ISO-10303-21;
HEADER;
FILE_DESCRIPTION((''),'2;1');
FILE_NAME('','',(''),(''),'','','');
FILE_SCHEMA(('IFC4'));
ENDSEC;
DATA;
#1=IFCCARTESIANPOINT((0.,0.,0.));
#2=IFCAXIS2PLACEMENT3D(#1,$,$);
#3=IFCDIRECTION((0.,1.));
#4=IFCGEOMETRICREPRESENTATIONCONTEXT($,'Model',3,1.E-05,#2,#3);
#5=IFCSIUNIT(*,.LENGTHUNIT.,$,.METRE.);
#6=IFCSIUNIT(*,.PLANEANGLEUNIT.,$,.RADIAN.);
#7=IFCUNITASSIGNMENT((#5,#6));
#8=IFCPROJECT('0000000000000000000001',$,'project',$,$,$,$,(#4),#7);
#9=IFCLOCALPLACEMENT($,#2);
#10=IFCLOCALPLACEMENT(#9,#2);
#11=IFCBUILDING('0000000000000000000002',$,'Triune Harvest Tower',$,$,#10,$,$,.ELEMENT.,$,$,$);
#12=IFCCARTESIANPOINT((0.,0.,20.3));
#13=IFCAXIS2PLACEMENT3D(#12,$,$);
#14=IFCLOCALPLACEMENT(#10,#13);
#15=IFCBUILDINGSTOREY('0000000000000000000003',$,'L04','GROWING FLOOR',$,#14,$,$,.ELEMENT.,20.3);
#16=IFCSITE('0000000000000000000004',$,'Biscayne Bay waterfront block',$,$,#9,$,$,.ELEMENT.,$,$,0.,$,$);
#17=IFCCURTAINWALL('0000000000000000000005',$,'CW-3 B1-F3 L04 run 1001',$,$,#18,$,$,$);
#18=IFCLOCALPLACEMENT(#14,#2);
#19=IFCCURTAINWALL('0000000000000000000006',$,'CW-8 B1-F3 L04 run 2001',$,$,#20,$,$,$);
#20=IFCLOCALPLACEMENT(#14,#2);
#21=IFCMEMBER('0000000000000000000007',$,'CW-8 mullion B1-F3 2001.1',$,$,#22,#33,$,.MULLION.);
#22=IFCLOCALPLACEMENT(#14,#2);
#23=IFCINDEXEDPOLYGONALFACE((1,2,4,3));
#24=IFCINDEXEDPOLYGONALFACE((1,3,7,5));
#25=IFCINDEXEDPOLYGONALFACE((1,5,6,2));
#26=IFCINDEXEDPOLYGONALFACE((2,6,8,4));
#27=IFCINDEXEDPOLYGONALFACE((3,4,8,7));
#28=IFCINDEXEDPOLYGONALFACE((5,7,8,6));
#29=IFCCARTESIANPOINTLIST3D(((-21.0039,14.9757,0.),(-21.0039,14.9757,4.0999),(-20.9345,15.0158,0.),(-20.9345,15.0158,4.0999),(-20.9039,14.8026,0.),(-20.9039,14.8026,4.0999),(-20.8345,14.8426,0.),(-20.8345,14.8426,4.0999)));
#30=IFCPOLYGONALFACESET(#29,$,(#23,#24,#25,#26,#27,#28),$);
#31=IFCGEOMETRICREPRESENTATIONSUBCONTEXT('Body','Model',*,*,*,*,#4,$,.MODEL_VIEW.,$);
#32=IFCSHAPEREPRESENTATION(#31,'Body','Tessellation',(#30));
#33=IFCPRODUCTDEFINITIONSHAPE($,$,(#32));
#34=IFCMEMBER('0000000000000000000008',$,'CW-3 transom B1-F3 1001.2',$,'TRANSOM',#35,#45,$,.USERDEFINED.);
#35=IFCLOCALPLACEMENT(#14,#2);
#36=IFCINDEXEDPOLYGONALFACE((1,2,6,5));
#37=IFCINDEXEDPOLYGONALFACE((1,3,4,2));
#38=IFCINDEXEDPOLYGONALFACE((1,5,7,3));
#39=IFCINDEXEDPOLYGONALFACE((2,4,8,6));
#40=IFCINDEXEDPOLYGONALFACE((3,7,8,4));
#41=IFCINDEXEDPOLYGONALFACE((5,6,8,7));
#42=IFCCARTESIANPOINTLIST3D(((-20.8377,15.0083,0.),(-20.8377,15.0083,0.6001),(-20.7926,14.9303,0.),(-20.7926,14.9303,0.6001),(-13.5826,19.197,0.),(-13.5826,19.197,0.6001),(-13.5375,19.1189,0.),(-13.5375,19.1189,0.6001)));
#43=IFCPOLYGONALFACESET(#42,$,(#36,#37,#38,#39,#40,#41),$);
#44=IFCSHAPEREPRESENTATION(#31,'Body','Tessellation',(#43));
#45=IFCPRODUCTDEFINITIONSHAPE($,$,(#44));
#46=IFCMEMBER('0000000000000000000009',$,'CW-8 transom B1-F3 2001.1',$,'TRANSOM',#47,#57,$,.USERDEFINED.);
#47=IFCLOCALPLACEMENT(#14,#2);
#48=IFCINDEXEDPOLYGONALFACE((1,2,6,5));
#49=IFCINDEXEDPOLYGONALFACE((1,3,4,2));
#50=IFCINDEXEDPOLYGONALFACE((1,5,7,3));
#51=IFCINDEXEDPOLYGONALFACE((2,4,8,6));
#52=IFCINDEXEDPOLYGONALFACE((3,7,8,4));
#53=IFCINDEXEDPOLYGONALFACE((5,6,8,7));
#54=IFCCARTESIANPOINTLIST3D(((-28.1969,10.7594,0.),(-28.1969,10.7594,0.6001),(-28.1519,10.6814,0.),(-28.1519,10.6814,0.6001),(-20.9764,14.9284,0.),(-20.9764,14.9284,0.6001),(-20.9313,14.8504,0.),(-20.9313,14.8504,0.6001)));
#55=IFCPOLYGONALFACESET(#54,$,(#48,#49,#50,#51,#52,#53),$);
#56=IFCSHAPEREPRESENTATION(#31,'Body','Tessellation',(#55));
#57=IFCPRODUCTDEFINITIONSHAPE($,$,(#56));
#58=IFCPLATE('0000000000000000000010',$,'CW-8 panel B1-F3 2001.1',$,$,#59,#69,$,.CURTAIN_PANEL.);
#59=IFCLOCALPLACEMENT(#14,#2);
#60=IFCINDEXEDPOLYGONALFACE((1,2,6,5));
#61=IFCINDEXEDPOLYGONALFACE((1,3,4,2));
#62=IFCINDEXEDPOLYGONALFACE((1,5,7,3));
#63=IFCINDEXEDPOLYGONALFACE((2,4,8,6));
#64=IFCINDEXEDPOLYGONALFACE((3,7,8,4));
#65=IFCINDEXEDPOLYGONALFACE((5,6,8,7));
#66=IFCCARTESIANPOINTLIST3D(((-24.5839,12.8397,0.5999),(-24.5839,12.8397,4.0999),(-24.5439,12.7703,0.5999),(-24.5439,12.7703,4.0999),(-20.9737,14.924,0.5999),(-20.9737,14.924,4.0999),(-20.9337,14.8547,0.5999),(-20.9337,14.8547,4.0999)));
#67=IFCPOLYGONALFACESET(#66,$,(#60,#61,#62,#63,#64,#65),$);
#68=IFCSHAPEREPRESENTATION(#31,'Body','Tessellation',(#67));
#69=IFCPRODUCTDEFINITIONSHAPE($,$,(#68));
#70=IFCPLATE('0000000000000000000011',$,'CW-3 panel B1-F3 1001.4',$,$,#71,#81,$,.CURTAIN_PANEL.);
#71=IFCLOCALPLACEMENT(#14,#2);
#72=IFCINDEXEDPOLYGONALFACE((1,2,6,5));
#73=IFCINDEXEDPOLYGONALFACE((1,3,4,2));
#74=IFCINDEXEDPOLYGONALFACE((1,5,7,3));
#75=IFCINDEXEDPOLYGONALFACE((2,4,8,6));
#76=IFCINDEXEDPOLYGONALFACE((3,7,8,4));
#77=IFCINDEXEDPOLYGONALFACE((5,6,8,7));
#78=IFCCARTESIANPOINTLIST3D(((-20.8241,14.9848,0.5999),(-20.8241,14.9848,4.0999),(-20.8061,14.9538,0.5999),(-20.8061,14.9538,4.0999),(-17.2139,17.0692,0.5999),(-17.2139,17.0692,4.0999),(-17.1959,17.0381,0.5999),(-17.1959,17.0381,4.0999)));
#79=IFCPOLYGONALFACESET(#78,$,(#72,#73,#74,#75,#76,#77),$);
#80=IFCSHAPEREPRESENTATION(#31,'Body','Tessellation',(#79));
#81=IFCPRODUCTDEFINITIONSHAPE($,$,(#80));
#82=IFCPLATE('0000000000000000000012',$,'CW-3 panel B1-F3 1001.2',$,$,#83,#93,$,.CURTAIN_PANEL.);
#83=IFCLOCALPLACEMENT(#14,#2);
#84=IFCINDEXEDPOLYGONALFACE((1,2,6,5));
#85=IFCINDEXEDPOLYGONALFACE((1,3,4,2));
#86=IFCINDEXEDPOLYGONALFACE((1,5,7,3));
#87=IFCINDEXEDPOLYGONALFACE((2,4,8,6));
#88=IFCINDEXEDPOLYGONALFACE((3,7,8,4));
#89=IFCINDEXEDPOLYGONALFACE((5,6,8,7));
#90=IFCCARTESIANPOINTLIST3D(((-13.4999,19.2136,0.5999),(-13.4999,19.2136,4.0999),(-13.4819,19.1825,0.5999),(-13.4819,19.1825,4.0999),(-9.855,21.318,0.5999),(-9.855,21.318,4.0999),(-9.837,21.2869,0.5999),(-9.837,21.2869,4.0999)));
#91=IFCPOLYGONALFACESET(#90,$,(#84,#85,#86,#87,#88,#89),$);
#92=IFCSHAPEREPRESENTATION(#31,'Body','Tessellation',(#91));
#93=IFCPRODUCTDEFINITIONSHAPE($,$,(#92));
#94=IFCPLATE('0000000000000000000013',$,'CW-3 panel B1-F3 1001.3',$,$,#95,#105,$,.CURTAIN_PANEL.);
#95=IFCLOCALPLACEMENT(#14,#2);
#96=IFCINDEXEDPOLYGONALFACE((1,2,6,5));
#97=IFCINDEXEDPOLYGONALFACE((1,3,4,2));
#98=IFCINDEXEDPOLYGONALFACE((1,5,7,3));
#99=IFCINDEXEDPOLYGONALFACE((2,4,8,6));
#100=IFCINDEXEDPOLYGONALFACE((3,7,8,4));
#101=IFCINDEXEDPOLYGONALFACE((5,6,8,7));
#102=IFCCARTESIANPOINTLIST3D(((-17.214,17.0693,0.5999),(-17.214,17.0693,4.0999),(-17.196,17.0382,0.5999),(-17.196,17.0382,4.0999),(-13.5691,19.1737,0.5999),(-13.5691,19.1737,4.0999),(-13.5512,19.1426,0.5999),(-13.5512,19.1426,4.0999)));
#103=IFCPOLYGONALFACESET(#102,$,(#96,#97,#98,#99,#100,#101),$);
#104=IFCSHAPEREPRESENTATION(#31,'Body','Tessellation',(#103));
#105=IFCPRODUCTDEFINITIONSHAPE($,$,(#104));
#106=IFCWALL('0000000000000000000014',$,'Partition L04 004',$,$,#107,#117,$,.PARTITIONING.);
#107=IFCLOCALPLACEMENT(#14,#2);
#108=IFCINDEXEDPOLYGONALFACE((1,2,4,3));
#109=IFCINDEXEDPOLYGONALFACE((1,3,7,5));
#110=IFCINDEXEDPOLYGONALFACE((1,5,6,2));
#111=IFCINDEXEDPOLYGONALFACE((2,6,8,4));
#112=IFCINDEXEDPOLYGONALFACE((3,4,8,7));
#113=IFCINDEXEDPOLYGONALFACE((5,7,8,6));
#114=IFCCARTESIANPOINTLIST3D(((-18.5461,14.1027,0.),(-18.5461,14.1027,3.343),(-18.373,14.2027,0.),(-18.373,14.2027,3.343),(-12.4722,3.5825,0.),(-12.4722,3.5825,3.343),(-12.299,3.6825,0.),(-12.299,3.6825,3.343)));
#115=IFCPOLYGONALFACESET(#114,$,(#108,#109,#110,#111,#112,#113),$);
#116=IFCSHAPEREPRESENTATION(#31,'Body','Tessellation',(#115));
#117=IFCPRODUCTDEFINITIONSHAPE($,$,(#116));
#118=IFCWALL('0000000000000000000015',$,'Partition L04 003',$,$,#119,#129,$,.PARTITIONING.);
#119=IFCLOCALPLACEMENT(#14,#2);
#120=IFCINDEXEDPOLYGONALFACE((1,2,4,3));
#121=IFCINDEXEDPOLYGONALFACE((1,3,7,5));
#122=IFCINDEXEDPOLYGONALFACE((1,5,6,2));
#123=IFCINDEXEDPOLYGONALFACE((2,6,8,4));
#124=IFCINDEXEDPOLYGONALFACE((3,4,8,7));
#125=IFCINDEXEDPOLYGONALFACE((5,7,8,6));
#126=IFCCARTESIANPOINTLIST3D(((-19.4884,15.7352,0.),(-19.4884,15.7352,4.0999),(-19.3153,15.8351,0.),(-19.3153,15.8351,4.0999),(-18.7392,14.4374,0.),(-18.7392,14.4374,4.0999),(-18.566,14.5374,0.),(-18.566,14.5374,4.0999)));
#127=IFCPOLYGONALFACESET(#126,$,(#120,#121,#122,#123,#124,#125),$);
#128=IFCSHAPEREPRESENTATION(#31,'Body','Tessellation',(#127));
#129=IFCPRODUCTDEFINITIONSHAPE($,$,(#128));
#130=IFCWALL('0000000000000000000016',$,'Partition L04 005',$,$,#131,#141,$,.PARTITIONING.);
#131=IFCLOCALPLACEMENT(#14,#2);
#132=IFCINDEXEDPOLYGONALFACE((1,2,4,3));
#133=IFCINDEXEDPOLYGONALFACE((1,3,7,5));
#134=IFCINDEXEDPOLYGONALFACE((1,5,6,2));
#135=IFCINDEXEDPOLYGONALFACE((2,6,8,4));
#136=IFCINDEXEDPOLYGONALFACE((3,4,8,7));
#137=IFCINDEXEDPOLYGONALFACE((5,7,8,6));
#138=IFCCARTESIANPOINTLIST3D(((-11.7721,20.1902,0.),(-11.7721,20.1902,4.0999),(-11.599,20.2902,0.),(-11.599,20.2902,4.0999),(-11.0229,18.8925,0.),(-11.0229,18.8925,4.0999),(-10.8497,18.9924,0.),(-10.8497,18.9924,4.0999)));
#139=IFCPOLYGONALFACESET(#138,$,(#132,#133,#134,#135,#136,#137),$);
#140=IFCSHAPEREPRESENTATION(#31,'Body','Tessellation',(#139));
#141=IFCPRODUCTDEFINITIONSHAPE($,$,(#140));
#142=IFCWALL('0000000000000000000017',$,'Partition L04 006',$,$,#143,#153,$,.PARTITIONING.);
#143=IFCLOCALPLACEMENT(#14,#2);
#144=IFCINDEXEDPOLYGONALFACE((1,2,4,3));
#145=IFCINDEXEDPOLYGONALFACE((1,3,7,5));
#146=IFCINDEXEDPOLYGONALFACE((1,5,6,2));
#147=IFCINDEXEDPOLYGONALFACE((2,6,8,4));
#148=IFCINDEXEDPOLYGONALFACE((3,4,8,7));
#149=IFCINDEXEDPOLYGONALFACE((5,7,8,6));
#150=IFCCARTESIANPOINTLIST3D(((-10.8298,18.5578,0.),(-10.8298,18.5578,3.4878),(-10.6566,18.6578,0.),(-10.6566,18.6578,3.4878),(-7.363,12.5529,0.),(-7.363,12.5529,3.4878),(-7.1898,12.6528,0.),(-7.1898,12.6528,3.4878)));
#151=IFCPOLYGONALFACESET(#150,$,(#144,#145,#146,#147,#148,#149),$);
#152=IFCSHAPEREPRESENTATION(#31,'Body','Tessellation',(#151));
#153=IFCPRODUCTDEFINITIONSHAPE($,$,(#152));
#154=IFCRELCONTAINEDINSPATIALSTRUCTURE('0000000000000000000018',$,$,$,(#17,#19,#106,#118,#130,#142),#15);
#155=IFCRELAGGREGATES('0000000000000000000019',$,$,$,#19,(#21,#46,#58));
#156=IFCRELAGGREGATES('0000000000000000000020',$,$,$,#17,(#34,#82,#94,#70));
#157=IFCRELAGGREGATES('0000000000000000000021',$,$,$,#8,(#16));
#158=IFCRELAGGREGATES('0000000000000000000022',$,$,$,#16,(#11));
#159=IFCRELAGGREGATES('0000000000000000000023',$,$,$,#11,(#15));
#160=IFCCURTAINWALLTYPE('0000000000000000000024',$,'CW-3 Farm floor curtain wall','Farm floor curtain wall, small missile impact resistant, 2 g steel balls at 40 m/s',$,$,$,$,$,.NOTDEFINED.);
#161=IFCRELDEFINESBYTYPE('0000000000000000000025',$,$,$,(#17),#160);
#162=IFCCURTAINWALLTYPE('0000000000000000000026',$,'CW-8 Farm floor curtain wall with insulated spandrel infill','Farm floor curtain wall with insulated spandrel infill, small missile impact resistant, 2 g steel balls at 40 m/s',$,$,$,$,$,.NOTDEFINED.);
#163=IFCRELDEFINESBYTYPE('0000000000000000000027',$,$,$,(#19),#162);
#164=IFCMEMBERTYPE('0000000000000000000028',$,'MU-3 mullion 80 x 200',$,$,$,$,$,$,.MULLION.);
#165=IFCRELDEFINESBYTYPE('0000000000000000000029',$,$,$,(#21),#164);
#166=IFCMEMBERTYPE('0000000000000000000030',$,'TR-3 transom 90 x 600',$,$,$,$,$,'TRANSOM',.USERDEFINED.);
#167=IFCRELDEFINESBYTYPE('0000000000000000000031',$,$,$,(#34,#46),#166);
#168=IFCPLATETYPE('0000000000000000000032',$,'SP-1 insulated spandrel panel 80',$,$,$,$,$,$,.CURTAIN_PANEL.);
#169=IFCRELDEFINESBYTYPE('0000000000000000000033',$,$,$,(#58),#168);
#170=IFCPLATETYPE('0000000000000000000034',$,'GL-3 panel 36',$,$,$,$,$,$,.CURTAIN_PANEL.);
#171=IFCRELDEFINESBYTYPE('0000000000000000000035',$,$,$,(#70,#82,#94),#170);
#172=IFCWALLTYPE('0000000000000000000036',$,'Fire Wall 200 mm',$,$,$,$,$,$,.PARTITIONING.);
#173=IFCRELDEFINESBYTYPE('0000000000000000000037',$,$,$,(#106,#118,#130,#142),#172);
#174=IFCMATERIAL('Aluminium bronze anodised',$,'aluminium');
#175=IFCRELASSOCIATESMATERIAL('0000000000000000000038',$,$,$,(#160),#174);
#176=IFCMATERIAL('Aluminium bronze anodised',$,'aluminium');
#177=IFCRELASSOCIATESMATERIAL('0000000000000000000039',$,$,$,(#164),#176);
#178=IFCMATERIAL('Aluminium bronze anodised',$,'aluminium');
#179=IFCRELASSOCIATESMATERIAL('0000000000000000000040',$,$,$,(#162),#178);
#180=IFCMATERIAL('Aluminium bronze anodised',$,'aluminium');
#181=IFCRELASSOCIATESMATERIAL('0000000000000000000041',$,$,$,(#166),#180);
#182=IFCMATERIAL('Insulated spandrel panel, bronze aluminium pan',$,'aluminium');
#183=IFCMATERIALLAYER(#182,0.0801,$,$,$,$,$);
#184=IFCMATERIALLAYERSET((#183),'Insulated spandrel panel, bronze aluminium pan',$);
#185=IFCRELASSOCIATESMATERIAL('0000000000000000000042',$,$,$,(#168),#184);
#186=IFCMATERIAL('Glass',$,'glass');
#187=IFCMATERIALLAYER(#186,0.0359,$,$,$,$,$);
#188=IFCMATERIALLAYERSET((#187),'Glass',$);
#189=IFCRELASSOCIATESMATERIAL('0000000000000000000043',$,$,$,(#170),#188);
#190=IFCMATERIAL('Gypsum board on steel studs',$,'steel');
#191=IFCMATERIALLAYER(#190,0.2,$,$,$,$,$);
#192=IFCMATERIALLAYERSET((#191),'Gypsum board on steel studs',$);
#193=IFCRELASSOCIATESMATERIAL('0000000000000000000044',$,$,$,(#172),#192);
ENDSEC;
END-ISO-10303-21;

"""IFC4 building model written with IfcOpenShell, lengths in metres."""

from ifc_helpers import new_model, si_unit, direction, frame, frame_2d, origin, origin_2d, place, context, subcontext, project, spatial, rectangle, extrude, source, transform, mapped, material, layer, layer_set, material_profile, profile_set, type_object, element, aggregate, save


model = new_model("IFC4")

# Units and contexts
model_context = context("Model", 3, precision=1e-05, world=origin(), true_north=direction((0.0, 1.0)))
body_context = subcontext(model_context, "Body", "Model", "MODEL_VIEW")
ifc_project = project(units=[si_unit("LENGTHUNIT", "METRE"), si_unit("PLANEANGLEUNIT", "RADIAN")], contexts=[model_context])

# Site, building, storey
site_placement = place(None, origin())
site = spatial("IfcSite", under=ifc_project, at=site_placement, Name="Biscayne Bay waterfront block", CompositionType="ELEMENT", RefElevation=0.0)
building_placement = place(site_placement, origin())
building = spatial("IfcBuilding", under=site, at=building_placement, Name="Triune Harvest Tower", CompositionType="ELEMENT")
storey_placement = place(building_placement, frame((0.0, 0.0, 20.3)))
storey = spatial("IfcBuildingStorey", under=building, at=storey_placement, Name="L04", Description="GROWING FLOOR", CompositionType="ELEMENT", Elevation=20.3)

# Curtain wall
ifc_material_1 = material(Name="Aluminium bronze anodised", Category="aluminium")
curtain_wall_type_1 = type_object("IfcCurtainWallType", Name="CW-3 Farm floor curtain wall", Description="Farm floor curtain wall, small missile impact resistant, 2 g steel balls at 40 m/s", PredefinedType="NOTDEFINED", material=ifc_material_1)
curtain_wall_1_placement = place(storey_placement, origin())
curtain_wall_1 = element("IfcCurtainWall", 1, at=curtain_wall_1_placement, inside=storey, type_object=curtain_wall_type_1, Name="CW-3 B1-F3 L04 run 1001")
ifc_material_2 = material(Name="Aluminium bronze anodised", Category="aluminium")
ifc_material_profile_1 = material_profile(ifc_material_2, rectangle(XDim=0.2, YDim=0.0801, at=origin_2d()), Name="MU-3 mullion 80 x 200")
ifc_profile_set_1 = profile_set([ifc_material_profile_1], Name="Aluminium bronze anodised")
member_type_1 = type_object("IfcMemberType", Name="MU-3 mullion 80 x 200", PredefinedType="MULLION", material=ifc_profile_set_1)
shared_shape_1 = source(origin(), body_context, "Body", "SweptSolid", [
    extrude(rectangle(XDim=0.2, YDim=0.0801, at=origin_2d()), origin(), (0.0, 0.0, 1.0), 4.0999),
])

# Curtain wall, member
ifc_material_3 = material(Name="Aluminium bronze anodised", Category="aluminium")
curtain_wall_type_2 = type_object("IfcCurtainWallType", Name="CW-8 Farm floor curtain wall with insulated spandrel infill", Description="Farm floor curtain wall with insulated spandrel infill, small missile impact resistant, 2 g steel balls at 40 m/s", PredefinedType="NOTDEFINED", material=ifc_material_3)
curtain_wall_2_placement = place(storey_placement, origin())
curtain_wall_2 = element("IfcCurtainWall", 2, at=curtain_wall_2_placement, inside=storey, type_object=curtain_wall_type_2, Name="CW-8 B1-F3 L04 run 2001")
member_1_placement = place(storey_placement, frame((-20.9192, 14.9092, 0.0), z_axis=(0.0, 0.0, 1.0), x_axis=(0.500007, -0.866021, 0.0)))
member_1 = element("IfcMember", 3, at=member_1_placement, type_object=member_type_1, Name="CW-8 mullion B1-F3 2001.1", PredefinedType="MULLION", context=body_context, shape_type="MappedRepresentation", body=[
    mapped(shared_shape_1, transform((0.0, 0.0, 0.0), scale=1.0)),
])

# Members
ifc_material_4 = material(Name="Aluminium bronze anodised", Category="aluminium")
ifc_material_profile_2 = material_profile(ifc_material_4, rectangle(XDim=0.0901, YDim=0.6001, at=origin_2d()), Name="TR-3 transom 90 x 600")
ifc_profile_set_2 = profile_set([ifc_material_profile_2], Name="Aluminium bronze anodised")
member_type_2 = type_object("IfcMemberType", Name="TR-3 transom 90 x 600", ElementType="TRANSOM", PredefinedType="USERDEFINED", material=ifc_profile_set_2)
shared_shape_2 = source(origin(), body_context, "Body", "SweptSolid", [
    extrude(rectangle(XDim=0.0901, YDim=0.6001, at=origin_2d()), origin(), (0.0, 0.0, 1.0), 8.3774),
])
member_2_placement = place(storey_placement, frame((-13.5601, 19.158, 0.3), z_axis=(-0.866027, -0.499997, 0.0), x_axis=(0.499997, -0.866027, 0.0)))
member_2 = element("IfcMember", 4, at=member_2_placement, type_object=member_type_2, Name="CW-3 transom B1-F3 1001.2", ObjectType="TRANSOM", PredefinedType="USERDEFINED", context=body_context, shape_type="MappedRepresentation", body=[
    mapped(shared_shape_2, transform((0.0, 0.0, 0.0), scale=1.0)),
])
shared_shape_3 = source(origin(), body_context, "Body", "SweptSolid", [
    extrude(rectangle(XDim=0.0901, YDim=0.6001, at=origin_2d()), origin(), (0.0, 0.0, 1.0), 8.3376),
])
member_3_placement = place(storey_placement, frame((-20.9539, 14.8894, 0.3), z_axis=(-0.866014, -0.500019, 0.0), x_axis=(0.500019, -0.866014, 0.0)))
member_3 = element("IfcMember", 5, at=member_3_placement, type_object=member_type_2, Name="CW-8 transom B1-F3 2001.1", ObjectType="TRANSOM", PredefinedType="USERDEFINED", context=body_context, shape_type="MappedRepresentation", body=[
    mapped(shared_shape_3, transform((0.0, 0.0, 0.0), scale=1.0)),
])

# Plates
ifc_material_5 = material(Name="Insulated spandrel panel, bronze aluminium pan", Category="aluminium")
ifc_layer_1 = layer(ifc_material_5, 0.0801)
ifc_layer_set_1 = layer_set([ifc_layer_1], Name="Insulated spandrel panel, bronze aluminium pan")
plate_type_1 = type_object("IfcPlateType", Name="SP-1 insulated spandrel panel 80", PredefinedType="CURTAIN_PANEL", material=ifc_layer_set_1)
shared_shape_4 = source(origin(), body_context, "Body", "SweptSolid", [
    extrude(rectangle(XDim=4.1687, YDim=0.0801, at=origin_2d()), origin(), (0.0, 0.0, 1.0), 3.5),
])
plate_1_placement = place(storey_placement, frame((-22.7588, 13.8472, 0.5999), z_axis=(0.0, 0.0, 1.0), x_axis=(-0.866021, -0.500007, 0.0)))
plate_1 = element("IfcPlate", 6, at=plate_1_placement, type_object=plate_type_1, Name="CW-8 panel B1-F3 2001.1", PredefinedType="CURTAIN_PANEL", context=body_context, shape_type="MappedRepresentation", body=[
    mapped(shared_shape_4, transform((0.0, 0.0, 0.0), scale=1.0)),
])
aggregate(curtain_wall_2, [member_1, member_3, plate_1])
ifc_material_6 = material(Name="Glass", Category="glass")
ifc_layer_2 = layer(ifc_material_6, 0.0359)
ifc_layer_set_2 = layer_set([ifc_layer_2], Name="Glass")
plate_type_2 = type_object("IfcPlateType", Name="GL-3 panel 36", PredefinedType="CURTAIN_PANEL", material=ifc_layer_set_2)
shared_shape_5 = source(origin(), body_context, "Body", "SweptSolid", [
    extrude(rectangle(XDim=4.1687, YDim=0.0359, at=origin_2d()), origin(), (0.0, 0.0, 1.0), 3.5),
])
plate_2_placement = place(storey_placement, frame((-19.01, 16.0115, 0.5999), z_axis=(0.0, 0.0, 1.0), x_axis=(-0.866025, -0.5, 0.0)))
plate_2 = element("IfcPlate", 7, at=plate_2_placement, type_object=plate_type_2, Name="CW-3 panel B1-F3 1001.4", PredefinedType="CURTAIN_PANEL", context=body_context, shape_type="MappedRepresentation", body=[
    mapped(shared_shape_5, transform((0.0, 0.0, 0.0), scale=1.0)),
])
shared_shape_6 = source(origin(), body_context, "Body", "SweptSolid", [
    extrude(rectangle(XDim=4.2087, YDim=0.0359, at=origin_2d()), origin(), (0.0, 0.0, 1.0), 3.5),
])
plate_3_placement = place(storey_placement, frame((-11.6685, 20.2502, 0.5999), z_axis=(0.0, 0.0, 1.0), x_axis=(-0.866025, -0.5, 0.0)))
plate_3 = element("IfcPlate", 8, at=plate_3_placement, type_object=plate_type_2, Name="CW-3 panel B1-F3 1001.2", PredefinedType="CURTAIN_PANEL", context=body_context, shape_type="MappedRepresentation", body=[
    mapped(shared_shape_6, transform((0.0, 0.0, 0.0), scale=1.0)),
])
plate_4_placement = place(storey_placement, frame((-15.3826, 18.106, 0.5999), z_axis=(0.0, 0.0, 1.0), x_axis=(-0.866025, -0.5, 0.0)))
plate_4 = element("IfcPlate", 9, at=plate_4_placement, type_object=plate_type_2, Name="CW-3 panel B1-F3 1001.3", PredefinedType="CURTAIN_PANEL", context=body_context, shape_type="MappedRepresentation", body=[
    mapped(shared_shape_6, transform((0.0, 0.0, 0.0), scale=1.0)),
])
aggregate(curtain_wall_1, [member_2, plate_3, plate_4, plate_2])

# Walls
ifc_material_7 = material(Name="Gypsum board on steel studs", Category="steel")
ifc_layer_3 = layer(ifc_material_7, 0.2)
ifc_layer_set_3 = layer_set([ifc_layer_3], Name="Gypsum board on steel studs")
wall_type_1 = type_object("IfcWallType", Name="Fire Wall 200 mm", PredefinedType="PARTITIONING", material=ifc_layer_set_3)
shared_shape_7 = source(origin(), body_context, "Body", "SweptSolid", [
    extrude(rectangle(XDim=12.1477, YDim=0.2, at=frame_2d((6.0737, 0.0))), origin(), (0.0, 0.0, 1.0), 3.343),
])
wall_1_placement = place(storey_placement, frame((-18.4595, 14.1526, 0.0), z_axis=(0.0, 0.0, 1.0), x_axis=(0.500006, -0.866022, 0.0)))
element("IfcWall", 10, at=wall_1_placement, inside=storey, type_object=wall_type_1, Name="Partition L04 004", PredefinedType="PARTITIONING", context=body_context, shape_type="MappedRepresentation", body=[
    mapped(shared_shape_7, transform((0.0, 0.0, 0.0), scale=1.0)),
])
shared_shape_8 = source(origin(), body_context, "Body", "SweptSolid", [
    extrude(rectangle(XDim=1.4985, YDim=0.2, at=frame_2d((0.7493, 0.0))), origin(), (0.0, 0.0, 1.0), 4.0999),
])
for number, where, z_axis, x_axis, name in (
    (11, (-19.4019, 15.7852, 0.0), (0.0, 0.0, 1.0), (0.499976, -0.866039, 0.0), "Partition L04 003"),
    (12, (-11.6855, 20.2402, 0.0), (0.0, 0.0, 1.0), (0.499976, -0.866039, 0.0), "Partition L04 005"),
):
    element("IfcWall", number, at=place(storey_placement, frame(where, z_axis=z_axis, x_axis=x_axis)), inside=storey, type_object=wall_type_1, Name=name, PredefinedType="PARTITIONING", context=body_context, shape_type="MappedRepresentation", body=[
        mapped(shared_shape_8, transform((0.0, 0.0, 0.0), scale=1.0)),
    ])
shared_shape_9 = source(origin(), body_context, "Body", "SweptSolid", [
    extrude(rectangle(XDim=6.9338, YDim=0.2, at=frame_2d((3.4668, 0.0))), origin(), (0.0, 0.0, 1.0), 3.4878),
])
wall_2_placement = place(storey_placement, frame((-10.7432, 18.6077, 0.0), z_axis=(0.0, 0.0, 1.0), x_axis=(0.499987, -0.866033, 0.0)))
element("IfcWall", 13, at=wall_2_placement, inside=storey, type_object=wall_type_1, Name="Partition L04 006", PredefinedType="PARTITIONING", context=body_context, shape_type="MappedRepresentation", body=[
    mapped(shared_shape_9, transform((0.0, 0.0, 0.0), scale=1.0)),
])

save(model, "model.ifc")
